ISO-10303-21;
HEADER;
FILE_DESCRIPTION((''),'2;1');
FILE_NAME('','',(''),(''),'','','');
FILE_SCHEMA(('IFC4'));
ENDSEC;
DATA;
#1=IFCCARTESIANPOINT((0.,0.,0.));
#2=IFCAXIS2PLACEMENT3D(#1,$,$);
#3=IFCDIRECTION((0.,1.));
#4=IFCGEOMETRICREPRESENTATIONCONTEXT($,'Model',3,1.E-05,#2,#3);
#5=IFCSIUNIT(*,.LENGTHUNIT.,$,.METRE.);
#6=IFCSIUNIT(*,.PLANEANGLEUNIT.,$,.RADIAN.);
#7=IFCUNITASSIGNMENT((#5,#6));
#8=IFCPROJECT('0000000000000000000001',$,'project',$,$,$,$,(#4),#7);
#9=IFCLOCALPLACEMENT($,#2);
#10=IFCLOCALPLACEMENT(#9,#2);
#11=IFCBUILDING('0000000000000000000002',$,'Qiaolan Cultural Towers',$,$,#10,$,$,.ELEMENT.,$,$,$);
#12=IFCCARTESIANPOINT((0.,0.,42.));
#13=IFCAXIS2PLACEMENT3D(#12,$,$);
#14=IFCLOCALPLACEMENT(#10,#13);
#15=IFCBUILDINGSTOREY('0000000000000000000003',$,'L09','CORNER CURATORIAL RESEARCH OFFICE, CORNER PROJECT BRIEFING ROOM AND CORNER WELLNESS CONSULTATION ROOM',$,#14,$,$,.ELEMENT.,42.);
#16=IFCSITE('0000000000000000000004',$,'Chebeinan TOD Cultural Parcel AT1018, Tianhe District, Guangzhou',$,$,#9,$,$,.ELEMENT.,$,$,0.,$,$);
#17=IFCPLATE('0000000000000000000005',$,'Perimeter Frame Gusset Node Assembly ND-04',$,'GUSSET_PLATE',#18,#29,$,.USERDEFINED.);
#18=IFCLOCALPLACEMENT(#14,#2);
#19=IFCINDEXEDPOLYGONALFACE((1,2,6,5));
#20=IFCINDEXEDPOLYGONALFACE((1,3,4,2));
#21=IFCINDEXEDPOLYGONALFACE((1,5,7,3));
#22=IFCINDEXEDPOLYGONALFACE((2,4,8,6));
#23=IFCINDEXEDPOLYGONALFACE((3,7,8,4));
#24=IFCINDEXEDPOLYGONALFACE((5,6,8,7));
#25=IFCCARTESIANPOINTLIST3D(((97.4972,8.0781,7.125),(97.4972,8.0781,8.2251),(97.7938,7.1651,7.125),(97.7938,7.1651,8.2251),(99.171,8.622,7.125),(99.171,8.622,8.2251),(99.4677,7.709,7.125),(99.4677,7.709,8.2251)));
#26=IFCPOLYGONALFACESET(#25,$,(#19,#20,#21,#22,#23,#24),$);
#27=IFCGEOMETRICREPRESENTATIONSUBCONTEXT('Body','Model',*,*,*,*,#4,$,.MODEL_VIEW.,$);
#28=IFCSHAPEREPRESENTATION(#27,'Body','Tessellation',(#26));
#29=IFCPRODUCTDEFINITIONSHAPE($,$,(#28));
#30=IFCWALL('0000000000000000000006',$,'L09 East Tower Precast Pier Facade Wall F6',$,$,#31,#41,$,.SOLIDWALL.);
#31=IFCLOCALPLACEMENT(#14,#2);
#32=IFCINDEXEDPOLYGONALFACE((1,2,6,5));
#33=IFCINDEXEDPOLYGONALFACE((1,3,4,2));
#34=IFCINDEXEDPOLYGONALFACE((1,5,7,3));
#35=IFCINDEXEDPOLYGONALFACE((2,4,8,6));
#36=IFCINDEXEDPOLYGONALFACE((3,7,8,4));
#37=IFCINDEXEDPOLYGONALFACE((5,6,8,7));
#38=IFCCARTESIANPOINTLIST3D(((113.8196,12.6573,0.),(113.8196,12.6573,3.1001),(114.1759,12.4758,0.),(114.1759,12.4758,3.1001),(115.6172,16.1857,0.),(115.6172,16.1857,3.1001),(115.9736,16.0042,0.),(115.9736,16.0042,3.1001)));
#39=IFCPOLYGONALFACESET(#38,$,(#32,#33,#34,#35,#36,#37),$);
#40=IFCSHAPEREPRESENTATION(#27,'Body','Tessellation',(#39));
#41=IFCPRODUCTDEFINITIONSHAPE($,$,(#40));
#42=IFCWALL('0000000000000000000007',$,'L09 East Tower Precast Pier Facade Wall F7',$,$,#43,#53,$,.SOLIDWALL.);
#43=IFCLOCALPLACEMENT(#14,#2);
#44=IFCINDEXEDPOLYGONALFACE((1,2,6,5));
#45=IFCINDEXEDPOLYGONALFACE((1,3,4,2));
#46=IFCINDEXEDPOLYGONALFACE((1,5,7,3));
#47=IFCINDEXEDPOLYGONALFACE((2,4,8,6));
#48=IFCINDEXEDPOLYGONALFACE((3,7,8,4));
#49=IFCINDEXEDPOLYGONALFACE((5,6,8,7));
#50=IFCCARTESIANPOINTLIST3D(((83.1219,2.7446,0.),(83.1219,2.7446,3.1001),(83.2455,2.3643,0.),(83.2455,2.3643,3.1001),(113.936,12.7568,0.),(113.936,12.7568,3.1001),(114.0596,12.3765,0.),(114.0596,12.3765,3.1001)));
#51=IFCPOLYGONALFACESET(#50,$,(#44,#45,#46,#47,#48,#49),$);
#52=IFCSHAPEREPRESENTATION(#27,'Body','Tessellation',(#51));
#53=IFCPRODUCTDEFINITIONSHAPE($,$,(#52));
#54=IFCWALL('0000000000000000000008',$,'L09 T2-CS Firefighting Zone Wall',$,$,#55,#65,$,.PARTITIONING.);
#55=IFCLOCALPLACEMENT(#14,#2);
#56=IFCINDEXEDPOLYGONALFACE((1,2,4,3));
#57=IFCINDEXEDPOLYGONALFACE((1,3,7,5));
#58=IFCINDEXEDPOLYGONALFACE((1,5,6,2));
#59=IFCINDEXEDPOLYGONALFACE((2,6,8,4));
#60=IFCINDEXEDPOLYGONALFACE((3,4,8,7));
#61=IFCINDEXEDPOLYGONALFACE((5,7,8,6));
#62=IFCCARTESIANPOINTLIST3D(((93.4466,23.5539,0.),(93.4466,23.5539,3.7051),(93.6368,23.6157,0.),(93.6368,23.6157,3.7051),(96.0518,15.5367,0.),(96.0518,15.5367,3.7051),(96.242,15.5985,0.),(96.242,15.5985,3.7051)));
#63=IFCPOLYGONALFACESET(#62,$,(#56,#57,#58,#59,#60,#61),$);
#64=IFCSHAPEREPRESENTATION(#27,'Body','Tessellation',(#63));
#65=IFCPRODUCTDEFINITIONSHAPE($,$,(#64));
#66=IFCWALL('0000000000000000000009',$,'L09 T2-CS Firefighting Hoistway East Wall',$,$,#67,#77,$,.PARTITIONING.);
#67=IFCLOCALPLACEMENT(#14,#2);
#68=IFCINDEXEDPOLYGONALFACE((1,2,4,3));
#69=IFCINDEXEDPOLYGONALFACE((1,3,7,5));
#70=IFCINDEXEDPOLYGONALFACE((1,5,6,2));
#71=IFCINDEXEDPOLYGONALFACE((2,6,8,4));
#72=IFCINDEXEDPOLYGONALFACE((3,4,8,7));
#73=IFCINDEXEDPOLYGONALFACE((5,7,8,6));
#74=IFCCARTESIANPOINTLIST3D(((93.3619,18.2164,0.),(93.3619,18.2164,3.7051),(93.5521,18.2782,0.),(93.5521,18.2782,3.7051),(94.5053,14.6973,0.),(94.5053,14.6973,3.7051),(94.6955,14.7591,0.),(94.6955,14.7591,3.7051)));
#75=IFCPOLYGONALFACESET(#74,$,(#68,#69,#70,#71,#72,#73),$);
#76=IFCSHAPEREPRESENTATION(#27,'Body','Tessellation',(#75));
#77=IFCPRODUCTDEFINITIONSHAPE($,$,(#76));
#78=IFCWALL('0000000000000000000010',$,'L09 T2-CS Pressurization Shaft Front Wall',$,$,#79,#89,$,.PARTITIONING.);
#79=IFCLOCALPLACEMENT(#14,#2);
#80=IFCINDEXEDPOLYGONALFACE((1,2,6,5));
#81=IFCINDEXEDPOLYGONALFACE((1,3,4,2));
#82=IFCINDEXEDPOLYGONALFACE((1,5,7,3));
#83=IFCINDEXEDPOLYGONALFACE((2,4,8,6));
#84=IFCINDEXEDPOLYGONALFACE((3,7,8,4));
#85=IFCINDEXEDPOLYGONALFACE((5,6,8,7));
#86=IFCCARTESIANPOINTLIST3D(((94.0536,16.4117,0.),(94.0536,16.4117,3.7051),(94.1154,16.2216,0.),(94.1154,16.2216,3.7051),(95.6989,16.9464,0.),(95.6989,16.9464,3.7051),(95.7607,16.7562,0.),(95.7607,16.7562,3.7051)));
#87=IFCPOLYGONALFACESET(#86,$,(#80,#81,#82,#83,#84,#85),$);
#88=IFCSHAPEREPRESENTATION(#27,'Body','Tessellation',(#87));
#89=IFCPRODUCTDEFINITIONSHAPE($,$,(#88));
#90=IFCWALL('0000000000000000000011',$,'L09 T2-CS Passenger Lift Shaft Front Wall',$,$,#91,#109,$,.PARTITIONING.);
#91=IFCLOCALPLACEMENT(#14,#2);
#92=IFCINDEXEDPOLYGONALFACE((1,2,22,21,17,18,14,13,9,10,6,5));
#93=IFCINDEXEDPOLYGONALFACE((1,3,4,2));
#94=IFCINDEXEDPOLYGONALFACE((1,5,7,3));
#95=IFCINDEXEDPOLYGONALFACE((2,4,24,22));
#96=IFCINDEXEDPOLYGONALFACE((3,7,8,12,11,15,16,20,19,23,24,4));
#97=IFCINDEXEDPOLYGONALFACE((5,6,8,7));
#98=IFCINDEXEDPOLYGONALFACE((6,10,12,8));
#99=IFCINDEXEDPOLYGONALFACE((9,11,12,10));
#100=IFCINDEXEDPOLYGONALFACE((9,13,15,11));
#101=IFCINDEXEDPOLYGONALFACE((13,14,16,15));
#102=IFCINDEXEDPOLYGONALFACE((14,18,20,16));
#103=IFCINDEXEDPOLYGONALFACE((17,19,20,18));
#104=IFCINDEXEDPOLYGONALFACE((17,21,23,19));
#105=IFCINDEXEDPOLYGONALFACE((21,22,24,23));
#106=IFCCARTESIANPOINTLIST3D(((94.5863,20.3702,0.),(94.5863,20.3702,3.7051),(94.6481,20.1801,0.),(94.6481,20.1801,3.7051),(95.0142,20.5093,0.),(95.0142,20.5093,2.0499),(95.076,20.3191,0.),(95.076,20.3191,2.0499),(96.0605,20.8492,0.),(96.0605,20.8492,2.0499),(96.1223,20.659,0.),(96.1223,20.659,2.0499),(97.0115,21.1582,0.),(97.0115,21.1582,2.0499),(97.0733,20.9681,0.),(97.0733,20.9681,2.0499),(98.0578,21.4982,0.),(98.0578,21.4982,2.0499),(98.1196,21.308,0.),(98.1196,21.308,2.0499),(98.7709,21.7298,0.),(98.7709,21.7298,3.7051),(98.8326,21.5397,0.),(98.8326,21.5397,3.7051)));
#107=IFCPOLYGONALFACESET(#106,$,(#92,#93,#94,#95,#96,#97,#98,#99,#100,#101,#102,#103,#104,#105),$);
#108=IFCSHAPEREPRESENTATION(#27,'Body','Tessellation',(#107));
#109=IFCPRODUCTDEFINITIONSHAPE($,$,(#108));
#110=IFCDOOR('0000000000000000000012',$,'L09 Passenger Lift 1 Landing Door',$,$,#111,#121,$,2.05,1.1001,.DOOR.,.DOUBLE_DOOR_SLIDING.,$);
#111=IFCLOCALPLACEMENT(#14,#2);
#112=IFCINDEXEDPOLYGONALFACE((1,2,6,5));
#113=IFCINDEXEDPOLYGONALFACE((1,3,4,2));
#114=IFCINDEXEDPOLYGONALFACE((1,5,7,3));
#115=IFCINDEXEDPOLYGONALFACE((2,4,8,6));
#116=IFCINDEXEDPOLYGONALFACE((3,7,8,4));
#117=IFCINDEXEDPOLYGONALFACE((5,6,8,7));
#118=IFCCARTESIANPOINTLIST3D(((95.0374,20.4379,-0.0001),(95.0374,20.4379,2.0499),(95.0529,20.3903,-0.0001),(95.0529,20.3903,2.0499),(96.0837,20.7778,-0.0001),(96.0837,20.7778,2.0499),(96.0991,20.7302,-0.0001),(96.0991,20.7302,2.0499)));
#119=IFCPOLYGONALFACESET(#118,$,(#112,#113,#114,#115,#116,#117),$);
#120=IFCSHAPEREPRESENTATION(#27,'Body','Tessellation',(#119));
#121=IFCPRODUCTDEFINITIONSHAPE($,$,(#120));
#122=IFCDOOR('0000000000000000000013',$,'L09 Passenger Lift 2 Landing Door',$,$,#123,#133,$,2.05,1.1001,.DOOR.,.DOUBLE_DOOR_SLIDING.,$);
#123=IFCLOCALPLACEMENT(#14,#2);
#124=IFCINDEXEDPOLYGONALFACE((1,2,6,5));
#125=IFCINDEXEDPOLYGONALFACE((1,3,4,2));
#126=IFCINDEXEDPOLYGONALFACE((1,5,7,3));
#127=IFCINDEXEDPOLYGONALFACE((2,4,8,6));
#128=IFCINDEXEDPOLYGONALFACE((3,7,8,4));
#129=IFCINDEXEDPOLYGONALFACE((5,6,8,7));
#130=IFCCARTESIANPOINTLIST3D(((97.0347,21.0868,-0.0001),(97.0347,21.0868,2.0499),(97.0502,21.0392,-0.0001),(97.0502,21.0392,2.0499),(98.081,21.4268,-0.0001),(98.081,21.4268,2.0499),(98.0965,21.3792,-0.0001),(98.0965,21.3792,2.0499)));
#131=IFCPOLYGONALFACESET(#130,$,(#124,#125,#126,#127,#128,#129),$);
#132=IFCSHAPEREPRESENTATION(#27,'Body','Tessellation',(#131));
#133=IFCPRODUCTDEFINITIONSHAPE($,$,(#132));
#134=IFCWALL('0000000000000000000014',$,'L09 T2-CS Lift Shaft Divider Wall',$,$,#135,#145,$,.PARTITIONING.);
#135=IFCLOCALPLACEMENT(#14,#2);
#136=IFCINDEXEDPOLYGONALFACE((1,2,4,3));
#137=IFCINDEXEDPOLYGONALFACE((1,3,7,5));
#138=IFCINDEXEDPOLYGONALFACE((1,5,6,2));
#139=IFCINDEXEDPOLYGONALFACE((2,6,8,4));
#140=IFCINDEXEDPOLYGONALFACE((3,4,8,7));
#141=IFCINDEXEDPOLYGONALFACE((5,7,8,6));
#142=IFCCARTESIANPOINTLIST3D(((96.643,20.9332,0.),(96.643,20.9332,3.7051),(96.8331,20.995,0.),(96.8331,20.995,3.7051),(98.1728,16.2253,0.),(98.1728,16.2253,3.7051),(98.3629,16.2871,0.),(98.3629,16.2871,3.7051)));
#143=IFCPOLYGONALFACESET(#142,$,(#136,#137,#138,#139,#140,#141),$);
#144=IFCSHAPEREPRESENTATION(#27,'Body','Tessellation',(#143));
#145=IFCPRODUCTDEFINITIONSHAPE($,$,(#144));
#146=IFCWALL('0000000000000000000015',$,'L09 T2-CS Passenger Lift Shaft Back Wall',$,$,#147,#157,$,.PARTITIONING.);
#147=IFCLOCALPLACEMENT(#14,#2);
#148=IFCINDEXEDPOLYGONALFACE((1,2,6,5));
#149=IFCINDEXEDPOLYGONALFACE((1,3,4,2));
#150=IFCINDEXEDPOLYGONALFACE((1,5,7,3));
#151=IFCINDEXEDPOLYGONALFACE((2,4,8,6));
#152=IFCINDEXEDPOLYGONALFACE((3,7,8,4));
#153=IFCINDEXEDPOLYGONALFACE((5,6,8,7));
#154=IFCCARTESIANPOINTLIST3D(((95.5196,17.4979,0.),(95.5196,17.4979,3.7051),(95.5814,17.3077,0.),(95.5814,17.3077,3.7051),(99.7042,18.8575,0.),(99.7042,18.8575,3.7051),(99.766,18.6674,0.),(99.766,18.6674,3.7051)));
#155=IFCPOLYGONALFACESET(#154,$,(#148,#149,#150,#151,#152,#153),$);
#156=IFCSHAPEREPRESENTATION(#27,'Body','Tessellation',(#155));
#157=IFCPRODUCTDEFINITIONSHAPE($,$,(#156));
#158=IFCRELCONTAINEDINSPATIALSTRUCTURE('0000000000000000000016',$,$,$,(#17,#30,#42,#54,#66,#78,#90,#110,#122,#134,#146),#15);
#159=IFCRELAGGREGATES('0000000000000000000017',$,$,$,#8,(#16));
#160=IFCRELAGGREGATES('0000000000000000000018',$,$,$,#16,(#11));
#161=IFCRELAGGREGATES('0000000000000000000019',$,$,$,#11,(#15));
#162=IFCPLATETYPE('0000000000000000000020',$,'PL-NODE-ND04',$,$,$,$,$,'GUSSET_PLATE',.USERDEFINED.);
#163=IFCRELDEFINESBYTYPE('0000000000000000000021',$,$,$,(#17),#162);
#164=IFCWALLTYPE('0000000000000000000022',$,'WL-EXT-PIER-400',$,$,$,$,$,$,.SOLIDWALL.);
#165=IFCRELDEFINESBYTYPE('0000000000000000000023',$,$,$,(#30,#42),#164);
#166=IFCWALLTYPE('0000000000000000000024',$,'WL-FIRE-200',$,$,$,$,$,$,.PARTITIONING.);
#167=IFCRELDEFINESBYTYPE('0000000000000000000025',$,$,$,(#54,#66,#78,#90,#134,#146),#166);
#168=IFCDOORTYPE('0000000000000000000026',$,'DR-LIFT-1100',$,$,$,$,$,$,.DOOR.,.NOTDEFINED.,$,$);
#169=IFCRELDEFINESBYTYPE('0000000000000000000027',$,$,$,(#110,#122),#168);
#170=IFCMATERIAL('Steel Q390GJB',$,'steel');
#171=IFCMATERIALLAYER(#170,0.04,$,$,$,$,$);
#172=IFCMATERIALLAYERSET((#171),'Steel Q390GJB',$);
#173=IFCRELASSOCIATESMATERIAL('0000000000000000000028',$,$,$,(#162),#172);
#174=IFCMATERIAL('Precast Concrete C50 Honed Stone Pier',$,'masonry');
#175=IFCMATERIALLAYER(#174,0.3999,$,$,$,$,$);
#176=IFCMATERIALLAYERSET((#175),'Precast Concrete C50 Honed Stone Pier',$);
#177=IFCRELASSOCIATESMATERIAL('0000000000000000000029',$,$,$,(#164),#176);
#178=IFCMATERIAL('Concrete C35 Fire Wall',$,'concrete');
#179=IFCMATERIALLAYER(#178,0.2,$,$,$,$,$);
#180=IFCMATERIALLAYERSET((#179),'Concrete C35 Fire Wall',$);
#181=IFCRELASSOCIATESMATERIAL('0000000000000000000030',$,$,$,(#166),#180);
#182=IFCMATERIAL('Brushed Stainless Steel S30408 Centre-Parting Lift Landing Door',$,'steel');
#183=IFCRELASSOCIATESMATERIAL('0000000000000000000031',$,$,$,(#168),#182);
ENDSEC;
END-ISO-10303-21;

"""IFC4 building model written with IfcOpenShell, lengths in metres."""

from ifc_helpers import new_model, si_unit, direction, frame, frame_2d, origin, origin_2d, place, context, subcontext, project, spatial, rectangle, extrude, material, layer, layer_set, type_object, element, fill, save


model = new_model("IFC4")

# Units and contexts
model_context = context("Model", 3, precision=1e-05, world=origin(), true_north=direction((0.0, 1.0)))
body_context = subcontext(model_context, "Body", "Model", "MODEL_VIEW")
ifc_project = project(units=[si_unit("LENGTHUNIT", "METRE"), si_unit("PLANEANGLEUNIT", "RADIAN")], contexts=[model_context])

# Site, building, storey
site_placement = place(None, origin())
site = spatial("IfcSite", under=ifc_project, at=site_placement, Name="Chebeinan TOD Cultural Parcel AT1018, Tianhe District, Guangzhou", CompositionType="ELEMENT", RefElevation=0.0)
building_placement = place(site_placement, origin())
building = spatial("IfcBuilding", under=site, at=building_placement, Name="Qiaolan Cultural Towers", CompositionType="ELEMENT")
storey_placement = place(building_placement, frame((0.0, 0.0, 42.0)))
storey = spatial("IfcBuildingStorey", under=building, at=storey_placement, Name="L09", Description="CORNER CURATORIAL RESEARCH OFFICE, CORNER PROJECT BRIEFING ROOM AND CORNER WELLNESS CONSULTATION ROOM", CompositionType="ELEMENT", Elevation=42.0)

# Plate
ifc_material_1 = material(Name="Steel Q390GJB", Category="steel")
ifc_layer_1 = layer(ifc_material_1, 0.04)
ifc_layer_set_1 = layer_set([ifc_layer_1], Name="Steel Q390GJB")
plate_type_1 = type_object("IfcPlateType", Name="PL-NODE-ND04", ElementType="GUSSET_PLATE", PredefinedType="USERDEFINED", material=ifc_layer_set_1)
plate_1_placement = place(storey_placement, frame((98.4824, 7.8936, 7.125), z_axis=(0.0, 0.0, 1.0), x_axis=(0.951057, 0.309017, 0.0)))
element("IfcPlate", 1, at=plate_1_placement, inside=storey, type_object=plate_type_1, Name="Perimeter Frame Gusset Node Assembly ND-04", ObjectType="GUSSET_PLATE", PredefinedType="USERDEFINED", context=body_context, shape_type="SweptSolid", body=[
    extrude(rectangle(XDim=1.76, YDim=0.96, at=origin_2d()), origin(), (0.0, 0.0, 1.0), 1.1001),
])

# Walls
ifc_material_2 = material(Name="Precast Concrete C50 Honed Stone Pier", Category="masonry")
ifc_layer_2 = layer(ifc_material_2, 0.3999)
ifc_layer_set_2 = layer_set([ifc_layer_2], Name="Precast Concrete C50 Honed Stone Pier")
wall_type_1 = type_object("IfcWallType", Name="WL-EXT-PIER-400", PredefinedType="SOLIDWALL", material=ifc_layer_set_2)
wall_1_placement = place(storey_placement, frame((115.7954, 16.095, 0.0), z_axis=(0.0, 0.0, 1.0), x_axis=(-0.453958, -0.891023, 0.0)))
element("IfcWall", 2, at=wall_1_placement, inside=storey, type_object=wall_type_1, Name="L09 East Tower Precast Pier Facade Wall F6", PredefinedType="SOLIDWALL", context=body_context, shape_type="SweptSolid", body=[
    extrude(rectangle(XDim=3.96, YDim=0.3999, at=frame_2d((1.98, 0.0))), origin(), (0.0, 0.0, 1.0), 3.1001),
])
wall_2_placement = place(storey_placement, frame((113.9978, 12.5667, 0.0), z_axis=(0.0, 0.0, 1.0), x_axis=(-0.951056, -0.309019, 0.0)))
element("IfcWall", 3, at=wall_2_placement, inside=storey, type_object=wall_type_1, Name="L09 East Tower Precast Pier Facade Wall F7", PredefinedType="SOLIDWALL", context=body_context, shape_type="SweptSolid", body=[
    extrude(rectangle(XDim=32.3999, YDim=0.3999, at=frame_2d((16.2, 0.0))), origin(), (0.0, 0.0, 1.0), 3.1001),
])
ifc_material_3 = material(Name="Concrete C35 Fire Wall", Category="concrete")
ifc_layer_3 = layer(ifc_material_3, 0.2)
ifc_layer_set_3 = layer_set([ifc_layer_3], Name="Concrete C35 Fire Wall")
wall_type_2 = type_object("IfcWallType", Name="WL-FIRE-200", PredefinedType="PARTITIONING", material=ifc_layer_set_3)
wall_3_placement = place(storey_placement, frame((93.5417, 23.5847, 0.0), z_axis=(0.0, 0.0, 1.0), x_axis=(0.309042, -0.951048, 0.0)))
element("IfcWall", 4, at=wall_3_placement, inside=storey, type_object=wall_type_2, Name="L09 T2-CS Firefighting Zone Wall", PredefinedType="PARTITIONING", context=body_context, shape_type="SweptSolid", body=[
    extrude(rectangle(XDim=8.4299, YDim=0.2, at=frame_2d((4.2148, 0.0))), origin(), (0.0, 0.0, 1.0), 3.7051),
])
wall_4_placement = place(storey_placement, frame((93.457, 18.2473, 0.0), z_axis=(0.0, 0.0, 1.0), x_axis=(0.308994, -0.951064, 0.0)))
element("IfcWall", 5, at=wall_4_placement, inside=storey, type_object=wall_type_2, Name="L09 T2-CS Firefighting Hoistway East Wall", PredefinedType="PARTITIONING", context=body_context, shape_type="SweptSolid", body=[
    extrude(rectangle(XDim=3.7002, YDim=0.2, at=frame_2d((1.8501, 0.0))), origin(), (0.0, 0.0, 1.0), 3.7051),
])
wall_5_placement = place(storey_placement, frame((94.0845, 16.3167, 0.0), z_axis=(0.0, 0.0, 1.0), x_axis=(0.951041, 0.309064, 0.0)))
element("IfcWall", 6, at=wall_5_placement, inside=storey, type_object=wall_type_2, Name="L09 T2-CS Pressurization Shaft Front Wall", PredefinedType="PARTITIONING", context=body_context, shape_type="SweptSolid", body=[
    extrude(rectangle(XDim=1.73, YDim=0.2, at=frame_2d((0.865, 0.0))), origin(), (0.0, 0.0, 1.0), 3.7051),
])

# Wall, openings, doors
wall_6_placement = place(storey_placement, frame((94.6172, 20.2751, 0.0), z_axis=(0.0, 0.0, 1.0), x_axis=(0.951059, 0.309011, 0.0)))
wall_6 = element("IfcWall", 7, at=wall_6_placement, inside=storey, type_object=wall_type_2, Name="L09 T2-CS Passenger Lift Shaft Front Wall", PredefinedType="PARTITIONING", context=body_context, shape_type="SweptSolid", body=[
    extrude(rectangle(XDim=4.3999, YDim=0.2, at=frame_2d((2.2, 0.0))), origin(), (0.0, 0.0, 1.0), 3.7051),
])
opening_1_placement = place(wall_6_placement, frame((0.45, 0.0, 0.0)))
opening_1 = element("IfcOpeningElement", 8, at=opening_1_placement, cuts=wall_6, PredefinedType="OPENING", context=body_context, shape_type="SweptSolid", body=[
    extrude(rectangle(XDim=1.1001, YDim=2.05, at=frame_2d((0.55, 1.0249))), frame((0.0, 0.1099, 0.0), z_axis=(0.0, -1.0, 0.0), x_axis=(1.0, 0.0, 0.0)), (0.0, 0.0, 1.0), 0.22),
])
opening_2_placement = place(wall_6_placement, frame((2.55, 0.0, 0.0)))
opening_2 = element("IfcOpeningElement", 9, at=opening_2_placement, cuts=wall_6, PredefinedType="OPENING", context=body_context, shape_type="SweptSolid", body=[
    extrude(rectangle(XDim=1.1001, YDim=2.05, at=frame_2d((0.55, 1.0249))), frame((0.0, 0.1099, 0.0), z_axis=(0.0, -1.0, 0.0), x_axis=(1.0, 0.0, 0.0)), (0.0, 0.0, 1.0), 0.22),
])
ifc_material_4 = material(Name="Brushed Stainless Steel S30408 Centre-Parting Lift Landing Door", Category="steel")
door_type_1 = type_object("IfcDoorType", Name="DR-LIFT-1100", OperationType="NOTDEFINED", PredefinedType="DOOR", material=ifc_material_4)
door_1_placement = place(opening_1_placement, origin())
door_1 = element("IfcDoor", 10, at=door_1_placement, inside=storey, type_object=door_type_1, Name="L09 Passenger Lift 1 Landing Door", OperationType="DOUBLE_DOOR_SLIDING", OverallHeight=2.05, OverallWidth=1.1001, PredefinedType="DOOR", context=body_context, shape_type="SweptSolid", body=[
    extrude(rectangle(XDim=1.1001, YDim=2.05, at=frame_2d((0.55, 1.0249))), frame((0.0, 0.0249, 0.0), z_axis=(0.0, -1.0, 0.0), x_axis=(1.0, 0.0, 0.0)), (0.0, 0.0, 1.0), 0.05),
])
fill(opening_1, door_1)
door_2_placement = place(opening_2_placement, origin())
door_2 = element("IfcDoor", 11, at=door_2_placement, inside=storey, type_object=door_type_1, Name="L09 Passenger Lift 2 Landing Door", OperationType="DOUBLE_DOOR_SLIDING", OverallHeight=2.05, OverallWidth=1.1001, PredefinedType="DOOR", context=body_context, shape_type="SweptSolid", body=[
    extrude(rectangle(XDim=1.1001, YDim=2.05, at=frame_2d((0.55, 1.0249))), frame((0.0, 0.0249, 0.0), z_axis=(0.0, -1.0, 0.0), x_axis=(1.0, 0.0, 0.0)), (0.0, 0.0, 1.0), 0.05),
])
fill(opening_2, door_2)

# Walls
wall_7_placement = place(storey_placement, frame((96.738, 20.9641, 0.0), z_axis=(0.0, 0.0, 1.0), x_axis=(0.309043, -0.951048, 0.0)))
element("IfcWall", 12, at=wall_7_placement, inside=storey, type_object=wall_type_2, Name="L09 T2-CS Lift Shaft Divider Wall", PredefinedType="PARTITIONING", context=body_context, shape_type="SweptSolid", body=[
    extrude(rectangle(XDim=4.9502, YDim=0.2, at=frame_2d((2.4751, 0.0))), origin(), (0.0, 0.0, 1.0), 3.7051),
])
wall_8_placement = place(storey_placement, frame((95.5505, 17.4028, 0.0), z_axis=(0.0, 0.0, 1.0), x_axis=(0.951059, 0.309011, 0.0)))
element("IfcWall", 13, at=wall_8_placement, inside=storey, type_object=wall_type_2, Name="L09 T2-CS Passenger Lift Shaft Back Wall", PredefinedType="PARTITIONING", context=body_context, shape_type="SweptSolid", body=[
    extrude(rectangle(XDim=4.3999, YDim=0.2, at=frame_2d((2.2, 0.0))), origin(), (0.0, 0.0, 1.0), 3.7051),
])

save(model, "model.ifc")
